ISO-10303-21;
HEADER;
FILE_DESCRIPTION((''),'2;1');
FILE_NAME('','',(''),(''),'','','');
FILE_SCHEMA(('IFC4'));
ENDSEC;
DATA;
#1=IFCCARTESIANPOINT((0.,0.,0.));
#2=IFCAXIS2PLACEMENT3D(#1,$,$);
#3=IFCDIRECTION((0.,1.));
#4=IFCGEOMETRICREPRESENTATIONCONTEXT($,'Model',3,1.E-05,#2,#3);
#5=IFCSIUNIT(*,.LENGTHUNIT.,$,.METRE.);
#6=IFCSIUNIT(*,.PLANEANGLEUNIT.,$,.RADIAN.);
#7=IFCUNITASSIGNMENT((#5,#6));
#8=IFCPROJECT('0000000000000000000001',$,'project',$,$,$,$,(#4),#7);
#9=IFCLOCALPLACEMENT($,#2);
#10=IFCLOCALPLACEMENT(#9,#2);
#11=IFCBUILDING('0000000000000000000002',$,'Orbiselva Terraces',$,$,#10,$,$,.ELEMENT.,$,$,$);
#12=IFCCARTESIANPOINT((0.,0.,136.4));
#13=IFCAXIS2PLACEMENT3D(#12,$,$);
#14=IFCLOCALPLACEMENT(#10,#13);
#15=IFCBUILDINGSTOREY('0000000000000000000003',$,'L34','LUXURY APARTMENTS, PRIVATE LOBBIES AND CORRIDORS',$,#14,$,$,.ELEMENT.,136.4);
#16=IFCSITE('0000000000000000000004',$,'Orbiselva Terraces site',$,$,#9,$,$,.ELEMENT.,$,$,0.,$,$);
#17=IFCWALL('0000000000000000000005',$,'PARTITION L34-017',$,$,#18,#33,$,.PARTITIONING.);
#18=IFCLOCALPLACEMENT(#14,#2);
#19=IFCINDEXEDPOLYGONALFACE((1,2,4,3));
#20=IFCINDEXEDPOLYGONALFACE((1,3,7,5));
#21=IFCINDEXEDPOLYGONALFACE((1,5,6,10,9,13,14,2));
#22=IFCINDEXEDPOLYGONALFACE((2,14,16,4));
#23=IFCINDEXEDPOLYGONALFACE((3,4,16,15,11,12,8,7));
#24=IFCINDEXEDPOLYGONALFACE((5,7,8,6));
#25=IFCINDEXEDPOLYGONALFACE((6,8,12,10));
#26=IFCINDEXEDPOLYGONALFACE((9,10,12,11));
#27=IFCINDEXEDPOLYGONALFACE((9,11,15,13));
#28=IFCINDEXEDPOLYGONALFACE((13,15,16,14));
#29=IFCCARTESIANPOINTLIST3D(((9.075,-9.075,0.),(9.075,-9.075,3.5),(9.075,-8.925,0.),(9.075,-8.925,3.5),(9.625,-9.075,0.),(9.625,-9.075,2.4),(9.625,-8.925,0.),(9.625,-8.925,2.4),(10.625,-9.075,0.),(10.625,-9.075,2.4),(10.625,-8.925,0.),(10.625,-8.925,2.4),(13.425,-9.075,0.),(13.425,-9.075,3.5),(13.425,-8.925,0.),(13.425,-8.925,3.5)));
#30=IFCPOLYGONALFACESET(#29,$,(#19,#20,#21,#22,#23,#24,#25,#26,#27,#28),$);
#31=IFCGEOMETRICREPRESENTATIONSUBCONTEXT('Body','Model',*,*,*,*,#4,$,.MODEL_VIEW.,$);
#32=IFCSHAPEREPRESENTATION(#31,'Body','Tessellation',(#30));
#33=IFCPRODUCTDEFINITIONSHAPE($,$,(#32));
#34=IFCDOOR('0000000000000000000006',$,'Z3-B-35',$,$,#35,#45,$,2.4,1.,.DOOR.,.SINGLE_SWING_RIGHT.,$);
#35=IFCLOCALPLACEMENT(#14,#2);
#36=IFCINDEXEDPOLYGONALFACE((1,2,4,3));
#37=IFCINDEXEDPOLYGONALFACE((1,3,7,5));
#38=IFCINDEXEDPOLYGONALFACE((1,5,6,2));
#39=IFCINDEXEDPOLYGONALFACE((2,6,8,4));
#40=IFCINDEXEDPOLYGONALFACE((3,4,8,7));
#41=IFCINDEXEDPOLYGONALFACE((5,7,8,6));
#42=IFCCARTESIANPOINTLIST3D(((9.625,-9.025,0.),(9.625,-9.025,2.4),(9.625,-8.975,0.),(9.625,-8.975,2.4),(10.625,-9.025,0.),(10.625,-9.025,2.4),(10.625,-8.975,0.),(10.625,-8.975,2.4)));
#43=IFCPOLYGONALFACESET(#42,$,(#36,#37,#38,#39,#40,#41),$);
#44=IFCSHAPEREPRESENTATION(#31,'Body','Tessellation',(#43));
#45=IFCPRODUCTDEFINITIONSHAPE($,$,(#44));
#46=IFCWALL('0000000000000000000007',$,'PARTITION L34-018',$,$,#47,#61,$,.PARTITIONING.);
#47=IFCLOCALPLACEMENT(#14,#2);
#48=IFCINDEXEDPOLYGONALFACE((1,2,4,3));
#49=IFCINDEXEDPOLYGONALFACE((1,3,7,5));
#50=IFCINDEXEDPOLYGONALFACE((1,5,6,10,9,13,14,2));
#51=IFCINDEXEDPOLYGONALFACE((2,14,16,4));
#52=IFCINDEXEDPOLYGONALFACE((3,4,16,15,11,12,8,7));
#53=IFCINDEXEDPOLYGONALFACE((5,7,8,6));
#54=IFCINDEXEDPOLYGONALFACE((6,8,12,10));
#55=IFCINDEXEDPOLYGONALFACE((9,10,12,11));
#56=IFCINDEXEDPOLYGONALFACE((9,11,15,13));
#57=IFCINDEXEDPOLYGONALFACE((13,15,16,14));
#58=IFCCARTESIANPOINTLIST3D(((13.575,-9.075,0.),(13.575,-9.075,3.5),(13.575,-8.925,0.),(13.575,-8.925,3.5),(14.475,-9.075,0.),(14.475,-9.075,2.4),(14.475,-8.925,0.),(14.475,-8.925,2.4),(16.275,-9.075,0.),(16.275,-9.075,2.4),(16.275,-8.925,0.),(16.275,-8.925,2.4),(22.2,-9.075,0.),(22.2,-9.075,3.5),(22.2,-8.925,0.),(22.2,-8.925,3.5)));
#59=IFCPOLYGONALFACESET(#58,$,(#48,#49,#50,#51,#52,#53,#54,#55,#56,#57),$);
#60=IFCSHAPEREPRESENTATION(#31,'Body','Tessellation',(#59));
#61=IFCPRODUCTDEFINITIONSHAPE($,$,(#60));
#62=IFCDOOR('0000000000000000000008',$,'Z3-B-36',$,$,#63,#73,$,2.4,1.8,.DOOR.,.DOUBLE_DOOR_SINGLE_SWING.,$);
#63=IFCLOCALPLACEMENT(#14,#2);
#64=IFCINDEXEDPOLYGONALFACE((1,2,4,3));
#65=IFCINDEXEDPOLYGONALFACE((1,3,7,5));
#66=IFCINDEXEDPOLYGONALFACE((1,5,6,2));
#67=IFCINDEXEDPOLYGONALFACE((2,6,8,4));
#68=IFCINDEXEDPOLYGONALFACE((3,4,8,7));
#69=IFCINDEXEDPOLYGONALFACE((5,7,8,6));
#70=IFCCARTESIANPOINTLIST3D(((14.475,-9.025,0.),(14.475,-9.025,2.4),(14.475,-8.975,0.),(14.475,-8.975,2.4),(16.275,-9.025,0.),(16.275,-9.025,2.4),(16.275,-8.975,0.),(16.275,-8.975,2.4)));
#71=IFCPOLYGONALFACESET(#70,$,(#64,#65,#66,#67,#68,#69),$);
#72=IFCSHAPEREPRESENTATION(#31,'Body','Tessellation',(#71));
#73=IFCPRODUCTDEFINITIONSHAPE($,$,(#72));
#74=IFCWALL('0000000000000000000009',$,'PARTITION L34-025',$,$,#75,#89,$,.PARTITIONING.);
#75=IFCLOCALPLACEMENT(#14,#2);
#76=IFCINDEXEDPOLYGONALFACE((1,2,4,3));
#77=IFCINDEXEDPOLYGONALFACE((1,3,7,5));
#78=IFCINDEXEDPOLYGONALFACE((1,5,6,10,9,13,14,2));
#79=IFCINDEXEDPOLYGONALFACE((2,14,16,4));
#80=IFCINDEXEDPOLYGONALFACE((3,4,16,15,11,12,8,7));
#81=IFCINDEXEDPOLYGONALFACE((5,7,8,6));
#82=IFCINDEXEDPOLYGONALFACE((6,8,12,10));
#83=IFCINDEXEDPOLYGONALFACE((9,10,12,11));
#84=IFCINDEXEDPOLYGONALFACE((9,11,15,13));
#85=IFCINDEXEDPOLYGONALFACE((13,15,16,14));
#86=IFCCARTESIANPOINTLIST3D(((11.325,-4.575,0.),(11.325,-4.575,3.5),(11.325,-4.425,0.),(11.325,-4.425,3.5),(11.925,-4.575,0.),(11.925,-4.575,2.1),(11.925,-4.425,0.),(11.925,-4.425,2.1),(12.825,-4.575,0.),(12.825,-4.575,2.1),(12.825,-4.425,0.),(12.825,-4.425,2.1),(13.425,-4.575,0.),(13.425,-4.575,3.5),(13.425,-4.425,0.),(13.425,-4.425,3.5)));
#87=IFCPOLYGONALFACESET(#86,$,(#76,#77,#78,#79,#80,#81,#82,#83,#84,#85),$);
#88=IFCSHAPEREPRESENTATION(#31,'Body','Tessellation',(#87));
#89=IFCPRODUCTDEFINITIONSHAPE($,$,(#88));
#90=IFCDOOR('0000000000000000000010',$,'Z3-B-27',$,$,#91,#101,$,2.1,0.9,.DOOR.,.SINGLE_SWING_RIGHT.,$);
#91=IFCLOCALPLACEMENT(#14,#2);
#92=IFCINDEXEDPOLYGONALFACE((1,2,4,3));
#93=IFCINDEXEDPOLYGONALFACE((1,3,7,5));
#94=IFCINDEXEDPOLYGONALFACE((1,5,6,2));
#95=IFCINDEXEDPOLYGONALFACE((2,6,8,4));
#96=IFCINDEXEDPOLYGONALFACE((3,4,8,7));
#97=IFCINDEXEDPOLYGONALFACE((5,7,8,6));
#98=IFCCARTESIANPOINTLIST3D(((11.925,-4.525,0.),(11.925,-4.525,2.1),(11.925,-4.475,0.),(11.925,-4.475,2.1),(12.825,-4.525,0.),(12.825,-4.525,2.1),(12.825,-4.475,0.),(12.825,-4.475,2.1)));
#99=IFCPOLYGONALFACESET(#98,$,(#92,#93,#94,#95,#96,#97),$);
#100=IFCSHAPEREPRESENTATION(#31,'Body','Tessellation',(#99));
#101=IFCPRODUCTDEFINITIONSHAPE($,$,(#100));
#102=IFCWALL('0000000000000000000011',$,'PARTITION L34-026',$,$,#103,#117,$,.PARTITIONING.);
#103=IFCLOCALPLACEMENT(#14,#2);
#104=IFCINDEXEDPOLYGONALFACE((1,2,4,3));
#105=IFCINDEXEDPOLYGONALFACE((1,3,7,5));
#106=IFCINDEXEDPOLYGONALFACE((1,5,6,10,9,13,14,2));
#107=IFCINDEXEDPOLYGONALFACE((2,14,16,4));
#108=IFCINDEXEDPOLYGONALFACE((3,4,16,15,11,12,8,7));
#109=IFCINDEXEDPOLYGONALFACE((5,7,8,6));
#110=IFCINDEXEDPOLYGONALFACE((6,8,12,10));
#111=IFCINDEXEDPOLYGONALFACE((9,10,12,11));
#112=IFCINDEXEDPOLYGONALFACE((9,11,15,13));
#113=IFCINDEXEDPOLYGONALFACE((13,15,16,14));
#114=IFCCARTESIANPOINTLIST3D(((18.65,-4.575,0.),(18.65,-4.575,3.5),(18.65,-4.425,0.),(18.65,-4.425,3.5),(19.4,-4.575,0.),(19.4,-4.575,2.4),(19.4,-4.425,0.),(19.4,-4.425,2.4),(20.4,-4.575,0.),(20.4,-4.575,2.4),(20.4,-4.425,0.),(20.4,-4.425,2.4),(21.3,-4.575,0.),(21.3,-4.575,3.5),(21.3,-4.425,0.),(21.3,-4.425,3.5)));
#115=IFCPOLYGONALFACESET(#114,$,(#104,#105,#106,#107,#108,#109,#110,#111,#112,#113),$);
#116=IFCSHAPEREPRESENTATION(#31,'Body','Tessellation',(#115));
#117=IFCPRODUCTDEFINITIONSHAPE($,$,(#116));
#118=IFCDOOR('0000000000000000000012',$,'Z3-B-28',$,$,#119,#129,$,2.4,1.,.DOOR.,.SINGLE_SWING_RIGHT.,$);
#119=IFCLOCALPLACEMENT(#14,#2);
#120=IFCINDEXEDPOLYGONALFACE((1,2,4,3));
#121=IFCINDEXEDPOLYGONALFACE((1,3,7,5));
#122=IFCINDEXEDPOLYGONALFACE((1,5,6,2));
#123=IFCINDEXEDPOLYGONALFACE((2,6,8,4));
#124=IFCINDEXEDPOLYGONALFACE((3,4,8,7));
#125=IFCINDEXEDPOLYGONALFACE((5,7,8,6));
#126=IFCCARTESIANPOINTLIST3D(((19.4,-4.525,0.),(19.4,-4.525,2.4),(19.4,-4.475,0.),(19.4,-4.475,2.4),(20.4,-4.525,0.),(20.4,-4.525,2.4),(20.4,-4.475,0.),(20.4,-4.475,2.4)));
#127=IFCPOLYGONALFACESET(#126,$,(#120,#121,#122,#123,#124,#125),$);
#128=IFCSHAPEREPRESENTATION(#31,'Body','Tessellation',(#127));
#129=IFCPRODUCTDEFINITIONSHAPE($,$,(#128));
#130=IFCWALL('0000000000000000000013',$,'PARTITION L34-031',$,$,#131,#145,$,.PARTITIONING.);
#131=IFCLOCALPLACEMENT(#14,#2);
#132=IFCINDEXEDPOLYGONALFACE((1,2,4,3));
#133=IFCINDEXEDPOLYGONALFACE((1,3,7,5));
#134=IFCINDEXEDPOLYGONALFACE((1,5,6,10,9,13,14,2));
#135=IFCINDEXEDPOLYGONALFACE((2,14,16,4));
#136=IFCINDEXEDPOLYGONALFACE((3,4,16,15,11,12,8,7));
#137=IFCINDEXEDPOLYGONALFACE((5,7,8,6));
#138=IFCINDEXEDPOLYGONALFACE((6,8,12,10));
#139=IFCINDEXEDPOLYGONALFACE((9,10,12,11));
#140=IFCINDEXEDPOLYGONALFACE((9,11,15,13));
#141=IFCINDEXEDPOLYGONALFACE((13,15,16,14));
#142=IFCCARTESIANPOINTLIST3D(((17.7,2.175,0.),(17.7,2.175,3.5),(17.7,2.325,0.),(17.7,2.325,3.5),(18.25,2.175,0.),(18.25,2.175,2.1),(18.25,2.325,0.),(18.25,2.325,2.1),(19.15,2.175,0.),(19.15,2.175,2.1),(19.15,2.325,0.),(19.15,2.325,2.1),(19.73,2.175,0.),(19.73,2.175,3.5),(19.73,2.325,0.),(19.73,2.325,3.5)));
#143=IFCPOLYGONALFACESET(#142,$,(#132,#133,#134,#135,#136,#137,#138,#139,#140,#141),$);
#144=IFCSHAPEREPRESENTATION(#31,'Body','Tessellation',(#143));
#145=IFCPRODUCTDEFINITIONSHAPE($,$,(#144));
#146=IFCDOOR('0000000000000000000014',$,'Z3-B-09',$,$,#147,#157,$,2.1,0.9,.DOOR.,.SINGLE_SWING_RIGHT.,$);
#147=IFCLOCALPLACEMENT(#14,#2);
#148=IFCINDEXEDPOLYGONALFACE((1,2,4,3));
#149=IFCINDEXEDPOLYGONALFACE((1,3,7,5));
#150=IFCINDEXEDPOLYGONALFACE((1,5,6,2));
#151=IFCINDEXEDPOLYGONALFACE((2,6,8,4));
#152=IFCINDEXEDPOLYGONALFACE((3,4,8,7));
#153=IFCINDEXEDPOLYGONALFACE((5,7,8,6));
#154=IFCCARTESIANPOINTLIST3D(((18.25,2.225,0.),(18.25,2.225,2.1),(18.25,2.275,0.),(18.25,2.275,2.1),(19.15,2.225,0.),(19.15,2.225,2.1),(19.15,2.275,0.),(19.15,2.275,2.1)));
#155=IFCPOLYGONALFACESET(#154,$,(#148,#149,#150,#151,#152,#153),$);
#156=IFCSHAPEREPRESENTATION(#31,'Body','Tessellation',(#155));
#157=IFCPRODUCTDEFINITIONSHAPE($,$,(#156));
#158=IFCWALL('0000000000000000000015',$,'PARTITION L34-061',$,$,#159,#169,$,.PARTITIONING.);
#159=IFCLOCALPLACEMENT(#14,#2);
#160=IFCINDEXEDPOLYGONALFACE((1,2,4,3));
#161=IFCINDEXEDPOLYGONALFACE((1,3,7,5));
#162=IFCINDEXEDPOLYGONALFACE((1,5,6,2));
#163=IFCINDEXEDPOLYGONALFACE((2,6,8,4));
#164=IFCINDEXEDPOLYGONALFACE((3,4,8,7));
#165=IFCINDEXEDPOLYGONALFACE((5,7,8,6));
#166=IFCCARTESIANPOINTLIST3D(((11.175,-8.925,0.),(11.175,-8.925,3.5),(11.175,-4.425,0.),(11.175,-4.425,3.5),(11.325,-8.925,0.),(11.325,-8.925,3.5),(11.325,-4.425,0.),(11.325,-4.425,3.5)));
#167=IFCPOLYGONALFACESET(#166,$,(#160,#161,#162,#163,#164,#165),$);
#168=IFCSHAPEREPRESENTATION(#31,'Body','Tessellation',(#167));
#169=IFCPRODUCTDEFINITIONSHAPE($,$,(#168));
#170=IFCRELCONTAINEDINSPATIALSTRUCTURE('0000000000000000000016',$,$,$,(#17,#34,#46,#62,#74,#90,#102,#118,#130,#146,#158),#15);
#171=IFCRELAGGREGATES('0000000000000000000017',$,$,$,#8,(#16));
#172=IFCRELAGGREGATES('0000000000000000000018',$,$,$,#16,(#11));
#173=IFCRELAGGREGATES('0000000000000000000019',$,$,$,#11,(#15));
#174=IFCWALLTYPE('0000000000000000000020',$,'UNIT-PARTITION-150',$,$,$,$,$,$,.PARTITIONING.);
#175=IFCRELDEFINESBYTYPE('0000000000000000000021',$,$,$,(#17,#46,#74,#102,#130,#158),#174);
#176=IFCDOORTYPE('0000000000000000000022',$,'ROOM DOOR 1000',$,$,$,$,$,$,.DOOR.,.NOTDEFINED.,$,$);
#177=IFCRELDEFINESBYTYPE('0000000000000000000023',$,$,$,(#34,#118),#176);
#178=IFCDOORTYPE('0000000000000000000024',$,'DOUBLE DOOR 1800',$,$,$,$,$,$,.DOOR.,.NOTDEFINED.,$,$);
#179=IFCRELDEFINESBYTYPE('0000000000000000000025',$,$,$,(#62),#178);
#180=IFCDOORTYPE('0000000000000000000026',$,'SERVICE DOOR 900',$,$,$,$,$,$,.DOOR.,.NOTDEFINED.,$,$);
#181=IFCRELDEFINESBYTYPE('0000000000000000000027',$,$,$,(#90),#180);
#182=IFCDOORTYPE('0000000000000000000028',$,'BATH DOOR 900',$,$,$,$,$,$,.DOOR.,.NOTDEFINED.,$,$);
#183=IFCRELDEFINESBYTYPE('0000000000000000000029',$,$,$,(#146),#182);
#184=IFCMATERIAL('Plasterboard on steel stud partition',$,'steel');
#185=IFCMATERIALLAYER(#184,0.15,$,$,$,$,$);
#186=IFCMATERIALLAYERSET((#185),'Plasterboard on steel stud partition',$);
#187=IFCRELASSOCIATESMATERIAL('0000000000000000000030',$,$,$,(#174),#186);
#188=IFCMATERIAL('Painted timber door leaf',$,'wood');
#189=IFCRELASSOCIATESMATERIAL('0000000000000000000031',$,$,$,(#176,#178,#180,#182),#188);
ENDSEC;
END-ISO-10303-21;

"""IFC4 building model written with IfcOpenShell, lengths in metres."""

from ifc_helpers import new_model, si_unit, direction, frame, frame_2d, origin, place, context, subcontext, project, spatial, rectangle, extrude, material, layer, layer_set, type_object, element, fill, save


model = new_model("IFC4")

# Units and contexts
model_context = context("Model", 3, precision=1e-05, world=origin(), true_north=direction((0.0, 1.0)))
body_context = subcontext(model_context, "Body", "Model", "MODEL_VIEW")
ifc_project = project(units=[si_unit("LENGTHUNIT", "METRE"), si_unit("PLANEANGLEUNIT", "RADIAN")], contexts=[model_context])

# Site, building, storey
site_placement = place(None, origin())
site = spatial("IfcSite", under=ifc_project, at=site_placement, Name="Orbiselva Terraces site", CompositionType="ELEMENT", RefElevation=0.0)
building_placement = place(site_placement, origin())
building = spatial("IfcBuilding", under=site, at=building_placement, Name="Orbiselva Terraces", CompositionType="ELEMENT")
storey_placement = place(building_placement, frame((0.0, 0.0, 136.4)))
storey = spatial("IfcBuildingStorey", under=building, at=storey_placement, Name="L34", Description="LUXURY APARTMENTS, PRIVATE LOBBIES AND CORRIDORS", CompositionType="ELEMENT", Elevation=136.4)

# Shared definitions
ifc_material_1 = material(Name="Plasterboard on steel stud partition", Category="steel")
ifc_material_2 = material(Name="Painted timber door leaf", Category="wood")

# Walls, openings, doors
ifc_layer_1 = layer(ifc_material_1, 0.15)
ifc_layer_set_1 = layer_set([ifc_layer_1], Name="Plasterboard on steel stud partition")
wall_type_1 = type_object("IfcWallType", Name="UNIT-PARTITION-150", PredefinedType="PARTITIONING", material=ifc_layer_set_1)
wall_1_placement = place(storey_placement, frame((13.425, -9.0, 0.0), z_axis=(0.0, 0.0, 1.0), x_axis=(-1.0, 0.0, 0.0)))
wall_1 = element("IfcWall", 1, at=wall_1_placement, inside=storey, type_object=wall_type_1, Name="PARTITION L34-017", PredefinedType="PARTITIONING", context=body_context, shape_type="SweptSolid", body=[
    extrude(rectangle(XDim=4.35, YDim=0.15, at=frame_2d((2.175, 0.0))), origin(), (0.0, 0.0, 1.0), 3.5),
])
opening_1_placement = place(wall_1_placement, frame((2.8, 0.0, 0.0)))
opening_1 = element("IfcOpeningElement", 2, at=opening_1_placement, cuts=wall_1, PredefinedType="OPENING", context=body_context, shape_type="SweptSolid", body=[
    extrude(rectangle(XDim=1.0, YDim=2.4, at=frame_2d((0.5, 1.2))), frame((0.0, 0.085, 0.0), z_axis=(0.0, -1.0, 0.0), x_axis=(1.0, 0.0, 0.0)), (0.0, 0.0, 1.0), 0.17),
])
door_type_1 = type_object("IfcDoorType", Name="ROOM DOOR 1000", OperationType="NOTDEFINED", PredefinedType="DOOR", material=ifc_material_2)
door_1_placement = place(opening_1_placement, origin())
door_1 = element("IfcDoor", 3, at=door_1_placement, inside=storey, type_object=door_type_1, Name="Z3-B-35", OperationType="SINGLE_SWING_RIGHT", OverallHeight=2.4, OverallWidth=1.0, PredefinedType="DOOR", context=body_context, shape_type="SweptSolid", body=[
    extrude(rectangle(XDim=1.0, YDim=2.4, at=frame_2d((0.5, 1.2))), frame((0.0, 0.025, 0.0), z_axis=(0.0, -1.0, 0.0), x_axis=(1.0, 0.0, 0.0)), (0.0, 0.0, 1.0), 0.05),
])
fill(opening_1, door_1)
wall_2_placement = place(storey_placement, frame((22.2, -9.0, 0.0), z_axis=(0.0, 0.0, 1.0), x_axis=(-1.0, 0.0, 0.0)))
wall_2 = element("IfcWall", 4, at=wall_2_placement, inside=storey, type_object=wall_type_1, Name="PARTITION L34-018", PredefinedType="PARTITIONING", context=body_context, shape_type="SweptSolid", body=[
    extrude(rectangle(XDim=8.625, YDim=0.15, at=frame_2d((4.3125, 0.0))), origin(), (0.0, 0.0, 1.0), 3.5),
])
opening_2_placement = place(wall_2_placement, frame((5.925, 0.0, 0.0)))
opening_2 = element("IfcOpeningElement", 5, at=opening_2_placement, cuts=wall_2, PredefinedType="OPENING", context=body_context, shape_type="SweptSolid", body=[
    extrude(rectangle(XDim=1.8, YDim=2.4, at=frame_2d((0.9, 1.2))), frame((0.0, 0.085, 0.0), z_axis=(0.0, -1.0, 0.0), x_axis=(1.0, 0.0, 0.0)), (0.0, 0.0, 1.0), 0.17),
])
door_type_2 = type_object("IfcDoorType", Name="DOUBLE DOOR 1800", OperationType="NOTDEFINED", PredefinedType="DOOR", material=ifc_material_2)
door_2_placement = place(opening_2_placement, origin())
door_2 = element("IfcDoor", 6, at=door_2_placement, inside=storey, type_object=door_type_2, Name="Z3-B-36", OperationType="DOUBLE_DOOR_SINGLE_SWING", OverallHeight=2.4, OverallWidth=1.8, PredefinedType="DOOR", context=body_context, shape_type="SweptSolid", body=[
    extrude(rectangle(XDim=1.8, YDim=2.4, at=frame_2d((0.9, 1.2))), frame((0.0, 0.025, 0.0), z_axis=(0.0, -1.0, 0.0), x_axis=(1.0, 0.0, 0.0)), (0.0, 0.0, 1.0), 0.05),
])
fill(opening_2, door_2)
wall_3_placement = place(storey_placement, frame((13.425, -4.5, 0.0), z_axis=(0.0, 0.0, 1.0), x_axis=(-1.0, 0.0, 0.0)))
wall_3 = element("IfcWall", 7, at=wall_3_placement, inside=storey, type_object=wall_type_1, Name="PARTITION L34-025", PredefinedType="PARTITIONING", context=body_context, shape_type="SweptSolid", body=[
    extrude(rectangle(XDim=2.1, YDim=0.15, at=frame_2d((1.05, 0.0))), origin(), (0.0, 0.0, 1.0), 3.5),
])
opening_3_placement = place(wall_3_placement, frame((0.6, 0.0, 0.0)))
opening_3 = element("IfcOpeningElement", 8, at=opening_3_placement, cuts=wall_3, PredefinedType="OPENING", context=body_context, shape_type="SweptSolid", body=[
    extrude(rectangle(XDim=0.9, YDim=2.1, at=frame_2d((0.45, 1.05))), frame((0.0, 0.085, 0.0), z_axis=(0.0, -1.0, 0.0), x_axis=(1.0, 0.0, 0.0)), (0.0, 0.0, 1.0), 0.17),
])
door_type_3 = type_object("IfcDoorType", Name="SERVICE DOOR 900", OperationType="NOTDEFINED", PredefinedType="DOOR", material=ifc_material_2)
door_3_placement = place(opening_3_placement, origin())
door_3 = element("IfcDoor", 9, at=door_3_placement, inside=storey, type_object=door_type_3, Name="Z3-B-27", OperationType="SINGLE_SWING_RIGHT", OverallHeight=2.1, OverallWidth=0.9, PredefinedType="DOOR", context=body_context, shape_type="SweptSolid", body=[
    extrude(rectangle(XDim=0.9, YDim=2.1, at=frame_2d((0.45, 1.05))), frame((0.0, 0.025, 0.0), z_axis=(0.0, -1.0, 0.0), x_axis=(1.0, 0.0, 0.0)), (0.0, 0.0, 1.0), 0.05),
])
fill(opening_3, door_3)
wall_4_placement = place(storey_placement, frame((21.3, -4.5, 0.0), z_axis=(0.0, 0.0, 1.0), x_axis=(-1.0, 0.0, 0.0)))
wall_4 = element("IfcWall", 10, at=wall_4_placement, inside=storey, type_object=wall_type_1, Name="PARTITION L34-026", PredefinedType="PARTITIONING", context=body_context, shape_type="SweptSolid", body=[
    extrude(rectangle(XDim=2.65, YDim=0.15, at=frame_2d((1.325, 0.0))), origin(), (0.0, 0.0, 1.0), 3.5),
])
opening_4_placement = place(wall_4_placement, frame((0.9, 0.0, 0.0)))
opening_4 = element("IfcOpeningElement", 11, at=opening_4_placement, cuts=wall_4, PredefinedType="OPENING", context=body_context, shape_type="SweptSolid", body=[
    extrude(rectangle(XDim=1.0, YDim=2.4, at=frame_2d((0.5, 1.2))), frame((0.0, 0.085, 0.0), z_axis=(0.0, -1.0, 0.0), x_axis=(1.0, 0.0, 0.0)), (0.0, 0.0, 1.0), 0.17),
])
door_4_placement = place(opening_4_placement, origin())
door_4 = element("IfcDoor", 12, at=door_4_placement, inside=storey, type_object=door_type_1, Name="Z3-B-28", OperationType="SINGLE_SWING_RIGHT", OverallHeight=2.4, OverallWidth=1.0, PredefinedType="DOOR", context=body_context, shape_type="SweptSolid", body=[
    extrude(rectangle(XDim=1.0, YDim=2.4, at=frame_2d((0.5, 1.2))), frame((0.0, 0.025, 0.0), z_axis=(0.0, -1.0, 0.0), x_axis=(1.0, 0.0, 0.0)), (0.0, 0.0, 1.0), 0.05),
])
fill(opening_4, door_4)
wall_5_placement = place(storey_placement, frame((19.73, 2.25, 0.0), z_axis=(0.0, 0.0, 1.0), x_axis=(-1.0, 0.0, 0.0)))
wall_5 = element("IfcWall", 13, at=wall_5_placement, inside=storey, type_object=wall_type_1, Name="PARTITION L34-031", PredefinedType="PARTITIONING", context=body_context, shape_type="SweptSolid", body=[
    extrude(rectangle(XDim=2.03, YDim=0.15, at=frame_2d((1.015, 0.0))), origin(), (0.0, 0.0, 1.0), 3.5),
])
opening_5_placement = place(wall_5_placement, frame((0.58, 0.0, 0.0)))
opening_5 = element("IfcOpeningElement", 14, at=opening_5_placement, cuts=wall_5, PredefinedType="OPENING", context=body_context, shape_type="SweptSolid", body=[
    extrude(rectangle(XDim=0.9, YDim=2.1, at=frame_2d((0.45, 1.05))), frame((0.0, 0.085, 0.0), z_axis=(0.0, -1.0, 0.0), x_axis=(1.0, 0.0, 0.0)), (0.0, 0.0, 1.0), 0.17),
])
door_type_4 = type_object("IfcDoorType", Name="BATH DOOR 900", OperationType="NOTDEFINED", PredefinedType="DOOR", material=ifc_material_2)
door_5_placement = place(opening_5_placement, origin())
door_5 = element("IfcDoor", 15, at=door_5_placement, inside=storey, type_object=door_type_4, Name="Z3-B-09", OperationType="SINGLE_SWING_RIGHT", OverallHeight=2.1, OverallWidth=0.9, PredefinedType="DOOR", context=body_context, shape_type="SweptSolid", body=[
    extrude(rectangle(XDim=0.9, YDim=2.1, at=frame_2d((0.45, 1.05))), frame((0.0, 0.025, 0.0), z_axis=(0.0, -1.0, 0.0), x_axis=(1.0, 0.0, 0.0)), (0.0, 0.0, 1.0), 0.05),
])
fill(opening_5, door_5)

# Wall
for number, where, z_axis, x_axis, name in (
    (16, (11.25, -8.925, 0.0), (0.0, 0.0, 1.0), (0.0, 1.0, 0.0), "PARTITION L34-061"),
):
    element("IfcWall", number, at=place(storey_placement, frame(where, z_axis=z_axis, x_axis=x_axis)), inside=storey, type_object=wall_type_1, Name=name, PredefinedType="PARTITIONING", context=body_context, shape_type="SweptSolid", body=[
        extrude(rectangle(XDim=4.5, YDim=0.15, at=frame_2d((2.25, 0.0))), origin(), (0.0, 0.0, 1.0), 3.5),
    ])

save(model, "model.ifc")
